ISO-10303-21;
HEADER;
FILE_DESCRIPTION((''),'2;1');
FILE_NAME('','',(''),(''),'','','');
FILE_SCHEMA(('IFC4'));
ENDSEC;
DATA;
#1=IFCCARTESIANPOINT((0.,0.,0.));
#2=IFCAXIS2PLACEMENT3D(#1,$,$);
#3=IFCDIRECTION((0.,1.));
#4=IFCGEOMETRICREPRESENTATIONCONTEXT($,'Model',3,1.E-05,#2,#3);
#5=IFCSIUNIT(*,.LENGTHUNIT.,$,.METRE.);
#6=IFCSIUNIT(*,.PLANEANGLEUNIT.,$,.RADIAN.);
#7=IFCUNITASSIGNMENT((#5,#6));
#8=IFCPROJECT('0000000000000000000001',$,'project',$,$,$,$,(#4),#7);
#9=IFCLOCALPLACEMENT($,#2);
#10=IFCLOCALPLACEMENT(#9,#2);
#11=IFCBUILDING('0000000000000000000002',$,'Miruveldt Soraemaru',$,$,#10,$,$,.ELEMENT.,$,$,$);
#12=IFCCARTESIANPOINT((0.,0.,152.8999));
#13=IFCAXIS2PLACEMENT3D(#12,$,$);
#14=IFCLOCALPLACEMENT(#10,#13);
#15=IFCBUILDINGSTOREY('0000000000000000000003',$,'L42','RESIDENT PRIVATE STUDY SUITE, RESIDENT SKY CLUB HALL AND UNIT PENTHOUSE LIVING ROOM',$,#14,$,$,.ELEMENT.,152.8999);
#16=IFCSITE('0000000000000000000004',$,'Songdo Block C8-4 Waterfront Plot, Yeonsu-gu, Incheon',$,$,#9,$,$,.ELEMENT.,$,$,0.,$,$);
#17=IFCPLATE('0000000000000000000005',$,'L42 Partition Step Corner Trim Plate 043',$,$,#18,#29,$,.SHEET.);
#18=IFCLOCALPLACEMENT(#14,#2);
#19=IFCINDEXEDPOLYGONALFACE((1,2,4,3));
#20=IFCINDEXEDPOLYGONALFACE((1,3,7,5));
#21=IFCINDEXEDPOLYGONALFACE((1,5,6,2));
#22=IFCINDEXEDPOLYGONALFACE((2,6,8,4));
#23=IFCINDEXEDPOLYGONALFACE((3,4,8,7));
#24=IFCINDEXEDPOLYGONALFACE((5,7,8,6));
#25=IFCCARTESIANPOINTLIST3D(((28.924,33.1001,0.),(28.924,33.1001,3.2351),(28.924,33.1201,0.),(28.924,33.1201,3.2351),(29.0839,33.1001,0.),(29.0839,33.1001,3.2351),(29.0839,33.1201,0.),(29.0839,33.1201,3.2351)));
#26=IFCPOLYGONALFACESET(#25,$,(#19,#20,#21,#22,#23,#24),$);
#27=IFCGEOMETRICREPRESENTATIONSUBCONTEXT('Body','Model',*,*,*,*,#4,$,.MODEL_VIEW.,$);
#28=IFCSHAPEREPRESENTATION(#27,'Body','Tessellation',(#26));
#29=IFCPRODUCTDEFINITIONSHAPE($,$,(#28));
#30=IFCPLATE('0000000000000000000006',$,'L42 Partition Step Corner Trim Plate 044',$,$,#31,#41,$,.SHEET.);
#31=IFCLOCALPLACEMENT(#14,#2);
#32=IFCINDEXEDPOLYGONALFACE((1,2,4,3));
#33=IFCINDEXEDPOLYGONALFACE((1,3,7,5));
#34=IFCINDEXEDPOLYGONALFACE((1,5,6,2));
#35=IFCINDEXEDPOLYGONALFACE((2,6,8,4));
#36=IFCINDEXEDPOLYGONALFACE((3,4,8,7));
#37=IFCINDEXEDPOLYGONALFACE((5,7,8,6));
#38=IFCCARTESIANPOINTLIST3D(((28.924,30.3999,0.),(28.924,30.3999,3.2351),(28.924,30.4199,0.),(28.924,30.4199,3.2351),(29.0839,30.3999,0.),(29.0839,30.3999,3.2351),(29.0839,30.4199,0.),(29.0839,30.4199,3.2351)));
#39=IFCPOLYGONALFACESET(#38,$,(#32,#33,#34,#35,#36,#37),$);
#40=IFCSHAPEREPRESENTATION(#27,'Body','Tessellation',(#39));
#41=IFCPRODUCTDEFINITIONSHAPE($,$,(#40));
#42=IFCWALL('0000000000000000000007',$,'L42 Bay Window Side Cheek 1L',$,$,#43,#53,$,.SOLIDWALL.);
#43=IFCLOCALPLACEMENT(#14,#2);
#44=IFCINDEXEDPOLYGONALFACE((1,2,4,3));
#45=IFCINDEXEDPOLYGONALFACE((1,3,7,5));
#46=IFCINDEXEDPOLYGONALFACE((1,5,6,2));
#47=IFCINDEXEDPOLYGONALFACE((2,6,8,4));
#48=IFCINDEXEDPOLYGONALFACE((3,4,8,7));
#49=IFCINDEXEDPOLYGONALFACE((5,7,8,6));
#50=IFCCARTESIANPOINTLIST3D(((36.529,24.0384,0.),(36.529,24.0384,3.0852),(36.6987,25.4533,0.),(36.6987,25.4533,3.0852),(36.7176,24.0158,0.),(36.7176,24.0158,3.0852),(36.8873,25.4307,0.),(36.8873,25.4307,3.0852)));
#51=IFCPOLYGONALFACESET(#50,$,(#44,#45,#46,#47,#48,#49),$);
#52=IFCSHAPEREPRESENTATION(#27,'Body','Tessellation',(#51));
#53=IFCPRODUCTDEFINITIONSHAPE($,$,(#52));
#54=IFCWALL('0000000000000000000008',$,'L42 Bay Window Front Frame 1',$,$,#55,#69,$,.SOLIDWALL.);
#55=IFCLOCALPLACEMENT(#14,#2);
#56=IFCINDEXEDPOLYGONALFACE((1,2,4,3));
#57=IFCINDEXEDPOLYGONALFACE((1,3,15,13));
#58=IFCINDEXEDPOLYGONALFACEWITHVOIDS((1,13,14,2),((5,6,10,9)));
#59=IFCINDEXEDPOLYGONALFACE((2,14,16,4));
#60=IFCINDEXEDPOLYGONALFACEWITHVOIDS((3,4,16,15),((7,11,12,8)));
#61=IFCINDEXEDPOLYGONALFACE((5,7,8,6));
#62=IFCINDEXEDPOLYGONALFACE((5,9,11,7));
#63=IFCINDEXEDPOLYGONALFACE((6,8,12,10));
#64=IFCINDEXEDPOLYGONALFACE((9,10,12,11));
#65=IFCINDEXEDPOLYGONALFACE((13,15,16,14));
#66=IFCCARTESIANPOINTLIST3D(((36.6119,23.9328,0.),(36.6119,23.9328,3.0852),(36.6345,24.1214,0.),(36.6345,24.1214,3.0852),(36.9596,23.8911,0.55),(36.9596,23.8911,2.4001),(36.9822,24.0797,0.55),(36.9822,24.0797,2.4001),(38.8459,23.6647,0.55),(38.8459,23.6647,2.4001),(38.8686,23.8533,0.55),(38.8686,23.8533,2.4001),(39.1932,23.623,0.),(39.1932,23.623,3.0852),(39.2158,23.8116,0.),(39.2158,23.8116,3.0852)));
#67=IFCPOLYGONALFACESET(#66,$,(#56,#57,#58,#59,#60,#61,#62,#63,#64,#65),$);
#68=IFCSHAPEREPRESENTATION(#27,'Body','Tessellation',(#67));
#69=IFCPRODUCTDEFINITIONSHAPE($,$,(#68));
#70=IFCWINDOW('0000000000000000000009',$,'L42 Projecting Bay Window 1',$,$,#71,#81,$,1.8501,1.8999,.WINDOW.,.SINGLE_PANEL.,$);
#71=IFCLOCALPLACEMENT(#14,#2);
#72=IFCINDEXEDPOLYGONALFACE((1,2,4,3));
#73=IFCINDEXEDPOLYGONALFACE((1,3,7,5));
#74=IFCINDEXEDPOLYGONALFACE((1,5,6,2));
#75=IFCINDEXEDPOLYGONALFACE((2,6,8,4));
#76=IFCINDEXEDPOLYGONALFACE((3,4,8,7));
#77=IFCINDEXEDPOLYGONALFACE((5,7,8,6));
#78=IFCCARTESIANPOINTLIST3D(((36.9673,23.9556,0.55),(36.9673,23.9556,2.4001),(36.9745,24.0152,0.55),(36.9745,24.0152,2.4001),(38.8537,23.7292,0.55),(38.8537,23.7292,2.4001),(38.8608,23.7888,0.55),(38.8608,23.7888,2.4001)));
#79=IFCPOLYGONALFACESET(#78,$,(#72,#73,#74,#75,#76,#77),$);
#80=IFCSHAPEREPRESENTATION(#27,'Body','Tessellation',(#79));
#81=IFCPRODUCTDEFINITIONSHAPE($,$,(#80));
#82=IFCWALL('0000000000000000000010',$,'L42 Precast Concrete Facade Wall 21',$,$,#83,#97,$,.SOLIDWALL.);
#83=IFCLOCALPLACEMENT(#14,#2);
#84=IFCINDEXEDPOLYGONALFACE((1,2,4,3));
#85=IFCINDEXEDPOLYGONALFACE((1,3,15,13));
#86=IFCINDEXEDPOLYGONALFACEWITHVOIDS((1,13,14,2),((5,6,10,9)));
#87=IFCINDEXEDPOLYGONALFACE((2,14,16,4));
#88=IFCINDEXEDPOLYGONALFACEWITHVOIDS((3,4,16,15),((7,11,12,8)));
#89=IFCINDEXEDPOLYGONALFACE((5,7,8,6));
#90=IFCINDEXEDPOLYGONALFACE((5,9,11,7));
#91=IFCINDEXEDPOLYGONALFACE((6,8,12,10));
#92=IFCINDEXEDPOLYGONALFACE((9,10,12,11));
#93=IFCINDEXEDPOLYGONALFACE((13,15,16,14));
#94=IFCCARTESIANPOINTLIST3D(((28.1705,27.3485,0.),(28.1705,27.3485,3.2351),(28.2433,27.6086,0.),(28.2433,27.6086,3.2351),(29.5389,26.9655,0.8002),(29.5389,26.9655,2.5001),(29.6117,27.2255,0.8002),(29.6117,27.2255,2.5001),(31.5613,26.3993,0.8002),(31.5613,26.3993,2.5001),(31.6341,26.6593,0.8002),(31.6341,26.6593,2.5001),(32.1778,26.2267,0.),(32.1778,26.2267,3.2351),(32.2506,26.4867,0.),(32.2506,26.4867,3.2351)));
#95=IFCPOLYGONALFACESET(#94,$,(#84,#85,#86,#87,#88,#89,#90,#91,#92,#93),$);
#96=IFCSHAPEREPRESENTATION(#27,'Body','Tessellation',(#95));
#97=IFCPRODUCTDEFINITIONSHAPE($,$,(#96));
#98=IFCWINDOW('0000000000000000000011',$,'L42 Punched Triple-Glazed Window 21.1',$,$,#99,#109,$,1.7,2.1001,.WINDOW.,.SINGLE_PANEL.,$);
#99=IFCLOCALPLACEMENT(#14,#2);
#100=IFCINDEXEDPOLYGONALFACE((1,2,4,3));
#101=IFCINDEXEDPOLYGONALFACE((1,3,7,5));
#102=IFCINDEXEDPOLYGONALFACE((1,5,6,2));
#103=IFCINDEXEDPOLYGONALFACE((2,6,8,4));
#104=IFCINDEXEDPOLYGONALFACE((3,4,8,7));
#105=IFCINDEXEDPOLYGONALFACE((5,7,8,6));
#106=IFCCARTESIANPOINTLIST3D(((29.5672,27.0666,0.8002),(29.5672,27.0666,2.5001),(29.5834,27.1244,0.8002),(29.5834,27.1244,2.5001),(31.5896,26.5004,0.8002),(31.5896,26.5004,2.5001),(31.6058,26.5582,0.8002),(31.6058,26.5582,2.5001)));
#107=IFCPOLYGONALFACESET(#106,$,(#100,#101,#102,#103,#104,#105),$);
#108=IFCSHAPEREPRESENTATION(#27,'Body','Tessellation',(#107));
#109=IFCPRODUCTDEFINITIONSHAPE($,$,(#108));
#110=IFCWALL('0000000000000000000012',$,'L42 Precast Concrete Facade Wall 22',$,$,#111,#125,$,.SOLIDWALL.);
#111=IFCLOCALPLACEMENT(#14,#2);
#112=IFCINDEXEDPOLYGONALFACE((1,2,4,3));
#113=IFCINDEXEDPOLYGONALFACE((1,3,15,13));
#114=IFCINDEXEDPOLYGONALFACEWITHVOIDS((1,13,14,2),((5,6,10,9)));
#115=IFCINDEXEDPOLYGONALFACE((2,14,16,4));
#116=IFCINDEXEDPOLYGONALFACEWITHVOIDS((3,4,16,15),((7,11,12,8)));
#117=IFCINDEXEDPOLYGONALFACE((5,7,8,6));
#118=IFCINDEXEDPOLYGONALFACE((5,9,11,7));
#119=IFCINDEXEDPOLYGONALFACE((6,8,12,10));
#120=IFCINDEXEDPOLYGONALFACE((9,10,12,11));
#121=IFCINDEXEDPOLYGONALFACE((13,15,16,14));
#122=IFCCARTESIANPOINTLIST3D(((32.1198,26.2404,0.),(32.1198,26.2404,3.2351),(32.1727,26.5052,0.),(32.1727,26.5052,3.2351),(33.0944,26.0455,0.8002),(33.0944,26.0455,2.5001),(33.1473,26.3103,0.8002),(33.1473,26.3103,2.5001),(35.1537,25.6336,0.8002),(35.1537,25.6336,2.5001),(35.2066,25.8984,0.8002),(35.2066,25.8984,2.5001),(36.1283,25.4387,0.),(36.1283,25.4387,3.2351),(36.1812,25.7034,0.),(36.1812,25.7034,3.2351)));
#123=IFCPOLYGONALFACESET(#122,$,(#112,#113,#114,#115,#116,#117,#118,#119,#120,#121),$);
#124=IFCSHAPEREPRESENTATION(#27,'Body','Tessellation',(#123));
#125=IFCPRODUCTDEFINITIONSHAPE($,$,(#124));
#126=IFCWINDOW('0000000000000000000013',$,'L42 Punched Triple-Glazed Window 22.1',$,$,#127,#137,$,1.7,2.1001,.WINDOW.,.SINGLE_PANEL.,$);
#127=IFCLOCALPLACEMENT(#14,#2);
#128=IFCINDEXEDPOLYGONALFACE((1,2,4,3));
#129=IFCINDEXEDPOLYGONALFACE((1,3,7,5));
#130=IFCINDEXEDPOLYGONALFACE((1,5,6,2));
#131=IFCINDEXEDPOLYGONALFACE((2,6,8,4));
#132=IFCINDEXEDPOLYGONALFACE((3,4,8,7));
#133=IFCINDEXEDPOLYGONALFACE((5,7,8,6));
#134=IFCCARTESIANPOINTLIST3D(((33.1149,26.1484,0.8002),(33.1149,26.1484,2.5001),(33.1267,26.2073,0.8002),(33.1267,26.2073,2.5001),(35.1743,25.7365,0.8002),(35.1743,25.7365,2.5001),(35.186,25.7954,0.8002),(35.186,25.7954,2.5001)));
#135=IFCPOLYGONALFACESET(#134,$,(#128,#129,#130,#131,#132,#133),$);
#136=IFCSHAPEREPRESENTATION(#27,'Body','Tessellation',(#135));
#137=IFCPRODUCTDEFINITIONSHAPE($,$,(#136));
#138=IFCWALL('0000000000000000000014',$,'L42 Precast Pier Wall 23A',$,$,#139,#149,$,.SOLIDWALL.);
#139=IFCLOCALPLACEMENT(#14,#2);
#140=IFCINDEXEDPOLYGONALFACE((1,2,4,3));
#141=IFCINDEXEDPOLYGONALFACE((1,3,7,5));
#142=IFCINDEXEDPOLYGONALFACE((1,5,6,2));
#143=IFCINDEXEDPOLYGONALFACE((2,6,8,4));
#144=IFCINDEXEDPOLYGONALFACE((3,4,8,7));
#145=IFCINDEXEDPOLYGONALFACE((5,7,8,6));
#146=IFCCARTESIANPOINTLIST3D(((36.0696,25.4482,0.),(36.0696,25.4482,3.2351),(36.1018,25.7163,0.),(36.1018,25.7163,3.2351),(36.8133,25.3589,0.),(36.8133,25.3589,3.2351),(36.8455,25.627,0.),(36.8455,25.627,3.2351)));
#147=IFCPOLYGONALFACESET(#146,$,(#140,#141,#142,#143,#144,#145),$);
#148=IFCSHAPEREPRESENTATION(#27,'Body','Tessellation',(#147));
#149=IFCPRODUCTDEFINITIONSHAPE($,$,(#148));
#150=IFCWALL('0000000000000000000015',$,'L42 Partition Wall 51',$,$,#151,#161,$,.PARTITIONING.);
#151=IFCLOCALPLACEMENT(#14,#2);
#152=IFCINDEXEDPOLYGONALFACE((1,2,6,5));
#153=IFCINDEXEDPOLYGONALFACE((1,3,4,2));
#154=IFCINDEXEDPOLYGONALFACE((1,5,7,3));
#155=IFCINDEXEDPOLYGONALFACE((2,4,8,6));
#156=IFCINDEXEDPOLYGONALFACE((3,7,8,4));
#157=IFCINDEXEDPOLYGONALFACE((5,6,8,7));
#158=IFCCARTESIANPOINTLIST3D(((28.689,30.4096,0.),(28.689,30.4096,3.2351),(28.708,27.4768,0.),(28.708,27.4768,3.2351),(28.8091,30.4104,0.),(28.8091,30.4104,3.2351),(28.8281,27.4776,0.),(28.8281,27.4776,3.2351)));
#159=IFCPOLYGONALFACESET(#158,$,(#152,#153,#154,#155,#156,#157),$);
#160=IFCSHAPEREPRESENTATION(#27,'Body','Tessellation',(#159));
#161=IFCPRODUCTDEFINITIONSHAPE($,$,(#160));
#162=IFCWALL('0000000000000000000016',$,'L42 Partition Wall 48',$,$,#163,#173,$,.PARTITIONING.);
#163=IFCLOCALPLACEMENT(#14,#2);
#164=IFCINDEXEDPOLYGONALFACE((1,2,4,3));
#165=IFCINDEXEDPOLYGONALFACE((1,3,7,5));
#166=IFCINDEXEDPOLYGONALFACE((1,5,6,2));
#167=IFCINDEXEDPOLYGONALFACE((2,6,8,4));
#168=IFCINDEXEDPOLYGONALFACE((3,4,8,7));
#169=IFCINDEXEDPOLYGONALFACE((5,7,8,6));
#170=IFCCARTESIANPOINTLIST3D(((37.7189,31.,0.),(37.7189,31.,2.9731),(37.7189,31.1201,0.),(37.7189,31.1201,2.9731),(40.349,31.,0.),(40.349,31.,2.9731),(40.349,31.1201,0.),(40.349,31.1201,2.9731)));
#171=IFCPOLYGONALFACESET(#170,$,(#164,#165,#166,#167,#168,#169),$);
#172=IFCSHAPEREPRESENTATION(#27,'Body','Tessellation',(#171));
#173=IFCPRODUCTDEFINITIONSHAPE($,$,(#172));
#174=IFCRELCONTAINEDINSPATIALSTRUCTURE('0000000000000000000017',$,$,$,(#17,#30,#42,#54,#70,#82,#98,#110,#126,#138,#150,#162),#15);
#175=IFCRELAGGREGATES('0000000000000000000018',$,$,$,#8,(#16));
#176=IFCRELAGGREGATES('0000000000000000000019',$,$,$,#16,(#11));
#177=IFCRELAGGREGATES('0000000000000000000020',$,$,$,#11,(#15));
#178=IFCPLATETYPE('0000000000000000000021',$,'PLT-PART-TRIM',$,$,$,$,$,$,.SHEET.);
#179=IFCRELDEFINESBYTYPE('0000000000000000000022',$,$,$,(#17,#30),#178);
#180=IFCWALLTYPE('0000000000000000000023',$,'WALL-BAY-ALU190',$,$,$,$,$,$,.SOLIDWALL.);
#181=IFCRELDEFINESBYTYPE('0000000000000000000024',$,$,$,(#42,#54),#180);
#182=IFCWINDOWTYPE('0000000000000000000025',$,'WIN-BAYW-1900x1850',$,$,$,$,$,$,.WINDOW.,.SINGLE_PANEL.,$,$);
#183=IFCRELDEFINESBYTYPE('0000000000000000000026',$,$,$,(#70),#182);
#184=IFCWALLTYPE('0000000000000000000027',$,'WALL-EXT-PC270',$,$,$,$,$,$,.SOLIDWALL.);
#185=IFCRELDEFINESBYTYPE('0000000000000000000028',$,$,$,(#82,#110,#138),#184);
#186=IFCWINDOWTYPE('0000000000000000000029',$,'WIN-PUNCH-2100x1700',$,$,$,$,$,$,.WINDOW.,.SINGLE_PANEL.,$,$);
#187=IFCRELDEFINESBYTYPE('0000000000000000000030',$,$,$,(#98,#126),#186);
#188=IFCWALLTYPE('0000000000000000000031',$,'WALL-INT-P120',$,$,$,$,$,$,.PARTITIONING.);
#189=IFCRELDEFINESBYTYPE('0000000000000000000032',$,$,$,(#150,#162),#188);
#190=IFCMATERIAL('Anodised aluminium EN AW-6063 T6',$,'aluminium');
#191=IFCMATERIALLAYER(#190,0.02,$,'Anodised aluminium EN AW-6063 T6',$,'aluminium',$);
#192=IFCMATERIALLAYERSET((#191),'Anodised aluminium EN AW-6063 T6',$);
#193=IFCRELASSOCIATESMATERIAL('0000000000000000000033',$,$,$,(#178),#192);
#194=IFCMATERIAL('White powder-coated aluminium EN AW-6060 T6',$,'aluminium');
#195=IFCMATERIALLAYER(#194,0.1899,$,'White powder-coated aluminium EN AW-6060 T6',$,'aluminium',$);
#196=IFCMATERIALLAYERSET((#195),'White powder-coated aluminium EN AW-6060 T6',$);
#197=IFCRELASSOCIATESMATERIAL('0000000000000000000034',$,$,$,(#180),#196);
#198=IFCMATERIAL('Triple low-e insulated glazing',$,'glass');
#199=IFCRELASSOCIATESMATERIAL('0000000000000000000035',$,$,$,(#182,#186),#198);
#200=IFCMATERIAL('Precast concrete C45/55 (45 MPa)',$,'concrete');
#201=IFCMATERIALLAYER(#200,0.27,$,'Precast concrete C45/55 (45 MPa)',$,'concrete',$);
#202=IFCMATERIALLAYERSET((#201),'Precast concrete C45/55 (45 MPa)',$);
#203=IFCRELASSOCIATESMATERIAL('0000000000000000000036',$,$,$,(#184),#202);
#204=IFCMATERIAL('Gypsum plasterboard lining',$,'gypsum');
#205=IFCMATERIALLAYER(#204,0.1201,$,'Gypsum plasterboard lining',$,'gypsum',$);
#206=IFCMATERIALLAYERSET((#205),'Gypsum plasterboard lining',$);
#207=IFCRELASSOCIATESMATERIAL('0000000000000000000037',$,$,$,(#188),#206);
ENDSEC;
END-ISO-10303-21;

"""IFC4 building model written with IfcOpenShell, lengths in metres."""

from ifc_helpers import new_model, si_unit, direction, frame, frame_2d, origin, origin_2d, place, context, subcontext, project, spatial, rectangle, extrude, material, layer, layer_set, type_object, element, fill, save


model = new_model("IFC4")

# Units and contexts
model_context = context("Model", 3, precision=1e-05, world=origin(), true_north=direction((0.0, 1.0)))
body_context = subcontext(model_context, "Body", "Model", "MODEL_VIEW")
ifc_project = project(units=[si_unit("LENGTHUNIT", "METRE"), si_unit("PLANEANGLEUNIT", "RADIAN")], contexts=[model_context])

# Site, building, storey
site_placement = place(None, origin())
site = spatial("IfcSite", under=ifc_project, at=site_placement, Name="Songdo Block C8-4 Waterfront Plot, Yeonsu-gu, Incheon", CompositionType="ELEMENT", RefElevation=0.0)
building_placement = place(site_placement, origin())
building = spatial("IfcBuilding", under=site, at=building_placement, Name="Miruveldt Soraemaru", CompositionType="ELEMENT")
storey_placement = place(building_placement, frame((0.0, 0.0, 152.8999)))
storey = spatial("IfcBuildingStorey", under=building, at=storey_placement, Name="L42", Description="RESIDENT PRIVATE STUDY SUITE, RESIDENT SKY CLUB HALL AND UNIT PENTHOUSE LIVING ROOM", CompositionType="ELEMENT", Elevation=152.8999)

# Plates
ifc_material_1 = material(Name="Anodised aluminium EN AW-6063 T6", Category="aluminium")
ifc_layer_1 = layer(ifc_material_1, 0.02, Name="Anodised aluminium EN AW-6063 T6", Category="aluminium")
ifc_layer_set_1 = layer_set([ifc_layer_1], Name="Anodised aluminium EN AW-6063 T6")
plate_type = type_object("IfcPlateType", Name="PLT-PART-TRIM", PredefinedType="SHEET", material=ifc_layer_set_1)
for number, where, z_axis, x_axis, name in (
    (1, (29.0039, 33.1101, 0.0), (0.0, 0.0, 1.0), (-1.0, 0.0, 0.0), "L42 Partition Step Corner Trim Plate 043"),
    (2, (29.0039, 30.4099, 0.0), (0.0, 0.0, 1.0), (1.0, 0.0, 0.0), "L42 Partition Step Corner Trim Plate 044"),
):
    element("IfcPlate", number, at=place(storey_placement, frame(where, z_axis=z_axis, x_axis=x_axis)), inside=storey, type_object=plate_type, Name=name, PredefinedType="SHEET", context=body_context, shape_type="SweptSolid", body=[
        extrude(rectangle(XDim=0.1599, YDim=0.02, at=origin_2d()), origin(), (0.0, 0.0, 1.0), 3.2351),
    ])

# Wall
ifc_material_2 = material(Name="White powder-coated aluminium EN AW-6060 T6", Category="aluminium")
ifc_layer_2 = layer(ifc_material_2, 0.1899, Name="White powder-coated aluminium EN AW-6060 T6", Category="aluminium")
ifc_layer_set_2 = layer_set([ifc_layer_2], Name="White powder-coated aluminium EN AW-6060 T6")
wall_type_1 = type_object("IfcWallType", Name="WALL-BAY-ALU190", PredefinedType="SOLIDWALL", material=ifc_layer_set_2)
wall_1_placement = place(storey_placement, frame((36.793, 25.4419, 0.0), z_axis=(0.0, 0.0, 1.0), x_axis=(-0.119078, -0.992885, 0.0)))
element("IfcWall", 3, at=wall_1_placement, inside=storey, type_object=wall_type_1, Name="L42 Bay Window Side Cheek 1L", PredefinedType="SOLIDWALL", context=body_context, shape_type="SweptSolid", body=[
    extrude(rectangle(XDim=1.425, YDim=0.1899, at=frame_2d((0.7124, 0.0))), origin(), (0.0, 0.0, 1.0), 3.0852),
])

# Walls, openings, windows
wall_2_placement = place(storey_placement, frame((36.6233, 24.0271, 0.0), z_axis=(0.0, 0.0, 1.0), x_axis=(0.992874, -0.119167, 0.0)))
wall_2 = element("IfcWall", 4, at=wall_2_placement, inside=storey, type_object=wall_type_1, Name="L42 Bay Window Front Frame 1", PredefinedType="SOLIDWALL", context=body_context, shape_type="SweptSolid", body=[
    extrude(rectangle(XDim=2.5999, YDim=0.1899, at=frame_2d((1.2998, 0.0))), origin(), (0.0, 0.0, 1.0), 3.0852),
])
opening_1_placement = place(wall_2_placement, frame((0.3501, 0.0, 0.55)))
opening_1 = element("IfcOpeningElement", 5, at=opening_1_placement, cuts=wall_2, PredefinedType="OPENING", context=body_context, shape_type="SweptSolid", body=[
    extrude(rectangle(XDim=1.8999, YDim=1.8501, at=frame_2d((0.95, 0.925))), frame((0.0, 0.105, 0.0), z_axis=(0.0, -1.0, 0.0), x_axis=(1.0, 0.0, 0.0)), (0.0, 0.0, 1.0), 0.21),
])
ifc_material_3 = material(Name="Triple low-e insulated glazing", Category="glass")
window_type_1 = type_object("IfcWindowType", Name="WIN-BAYW-1900x1850", PartitioningType="SINGLE_PANEL", PredefinedType="WINDOW", material=ifc_material_3)
window_1_placement = place(opening_1_placement, origin())
window_1 = element("IfcWindow", 6, at=window_1_placement, inside=storey, type_object=window_type_1, Name="L42 Projecting Bay Window 1", OverallHeight=1.8501, OverallWidth=1.8999, PartitioningType="SINGLE_PANEL", PredefinedType="WINDOW", context=body_context, shape_type="SweptSolid", body=[
    extrude(rectangle(XDim=1.8999, YDim=1.8501, at=frame_2d((0.95, 0.925))), frame((0.0, 0.03, 0.0), z_axis=(0.0, -1.0, 0.0), x_axis=(1.0, 0.0, 0.0)), (0.0, 0.0, 1.0), 0.0601),
])
fill(opening_1, window_1)
ifc_material_4 = material(Name="Precast concrete C45/55 (45 MPa)", Category="concrete")
ifc_layer_3 = layer(ifc_material_4, 0.27, Name="Precast concrete C45/55 (45 MPa)", Category="concrete")
ifc_layer_set_3 = layer_set([ifc_layer_3], Name="Precast concrete C45/55 (45 MPa)")
wall_type_2 = type_object("IfcWallType", Name="WALL-EXT-PC270", PredefinedType="SOLIDWALL", material=ifc_layer_set_3)
wall_3_placement = place(storey_placement, frame((28.207, 27.4785, 0.0), z_axis=(0.0, 0.0, 1.0), x_axis=(0.962978, -0.26958, 0.0)))
wall_3 = element("IfcWall", 7, at=wall_3_placement, inside=storey, type_object=wall_type_2, Name="L42 Precast Concrete Facade Wall 21", PredefinedType="SOLIDWALL", context=body_context, shape_type="SweptSolid", body=[
    extrude(rectangle(XDim=4.1614, YDim=0.27, at=frame_2d((2.0806, 0.0))), origin(), (0.0, 0.0, 1.0), 3.2351),
])
opening_2_placement = place(wall_3_placement, frame((1.4209, 0.0, 0.8)))
opening_2 = element("IfcOpeningElement", 8, at=opening_2_placement, cuts=wall_3, PredefinedType="OPENING", context=body_context, shape_type="SweptSolid", body=[
    extrude(rectangle(XDim=2.1001, YDim=1.7, at=frame_2d((1.05, 0.8501))), frame((0.0, 0.145, 0.0), z_axis=(0.0, -1.0, 0.0), x_axis=(1.0, 0.0, 0.0)), (0.0, 0.0, 1.0), 0.29),
])
window_type_2 = type_object("IfcWindowType", Name="WIN-PUNCH-2100x1700", PartitioningType="SINGLE_PANEL", PredefinedType="WINDOW", material=ifc_material_3)
window_2_placement = place(opening_2_placement, origin())
window_2 = element("IfcWindow", 9, at=window_2_placement, inside=storey, type_object=window_type_2, Name="L42 Punched Triple-Glazed Window 21.1", OverallHeight=1.7, OverallWidth=2.1001, PartitioningType="SINGLE_PANEL", PredefinedType="WINDOW", context=body_context, shape_type="SweptSolid", body=[
    extrude(rectangle(XDim=2.1001, YDim=1.7, at=frame_2d((1.05, 0.8501))), frame((0.0, 0.03, 0.0), z_axis=(0.0, -1.0, 0.0), x_axis=(1.0, 0.0, 0.0)), (0.0, 0.0, 1.0), 0.0601),
])
fill(opening_2, window_2)
wall_4_placement = place(storey_placement, frame((32.1462, 26.3728, 0.0), z_axis=(0.0, 0.0, 1.0), x_axis=(0.980578, -0.196128, 0.0)))
wall_4 = element("IfcWall", 10, at=wall_4_placement, inside=storey, type_object=wall_type_2, Name="L42 Precast Concrete Facade Wall 22", PredefinedType="SOLIDWALL", context=body_context, shape_type="SweptSolid", body=[
    extrude(rectangle(XDim=4.0879, YDim=0.27, at=frame_2d((2.0439, 0.0))), origin(), (0.0, 0.0, 1.0), 3.2351),
])
opening_3_placement = place(wall_4_placement, frame((0.9939, 0.0, 0.8)))
opening_3 = element("IfcOpeningElement", 11, at=opening_3_placement, cuts=wall_4, PredefinedType="OPENING", context=body_context, shape_type="SweptSolid", body=[
    extrude(rectangle(XDim=2.1001, YDim=1.7, at=frame_2d((1.05, 0.8501))), frame((0.0, 0.145, 0.0), z_axis=(0.0, -1.0, 0.0), x_axis=(1.0, 0.0, 0.0)), (0.0, 0.0, 1.0), 0.29),
])
window_3_placement = place(opening_3_placement, origin())
window_3 = element("IfcWindow", 12, at=window_3_placement, inside=storey, type_object=window_type_2, Name="L42 Punched Triple-Glazed Window 22.1", OverallHeight=1.7, OverallWidth=2.1001, PartitioningType="SINGLE_PANEL", PredefinedType="WINDOW", context=body_context, shape_type="SweptSolid", body=[
    extrude(rectangle(XDim=2.1001, YDim=1.7, at=frame_2d((1.05, 0.8501))), frame((0.0, 0.03, 0.0), z_axis=(0.0, -1.0, 0.0), x_axis=(1.0, 0.0, 0.0)), (0.0, 0.0, 1.0), 0.0601),
])
fill(opening_3, window_3)

# Walls
wall_5_placement = place(storey_placement, frame((36.0857, 25.5823, 0.0), z_axis=(0.0, 0.0, 1.0), x_axis=(0.992858, -0.119299, 0.0)))
element("IfcWall", 13, at=wall_5_placement, inside=storey, type_object=wall_type_2, Name="L42 Precast Pier Wall 23A", PredefinedType="SOLIDWALL", context=body_context, shape_type="SweptSolid", body=[
    extrude(rectangle(XDim=0.749, YDim=0.27, at=frame_2d((0.3745, 0.0))), origin(), (0.0, 0.0, 1.0), 3.2351),
])
ifc_material_5 = material(Name="Gypsum plasterboard lining", Category="gypsum")
ifc_layer_4 = layer(ifc_material_5, 0.1201, Name="Gypsum plasterboard lining", Category="gypsum")
ifc_layer_set_4 = layer_set([ifc_layer_4], Name="Gypsum plasterboard lining")
wall_type_3 = type_object("IfcWallType", Name="WALL-INT-P120", PredefinedType="PARTITIONING", material=ifc_layer_set_4)
wall_6_placement = place(storey_placement, frame((28.749, 30.4099, 0.0), z_axis=(0.0, 0.0, 1.0), x_axis=(0.006493, -0.999979, 0.0)))
element("IfcWall", 14, at=wall_6_placement, inside=storey, type_object=wall_type_3, Name="L42 Partition Wall 51", PredefinedType="PARTITIONING", context=body_context, shape_type="SweptSolid", body=[
    extrude(rectangle(XDim=2.9329, YDim=0.1201, at=frame_2d((1.4663, 0.0))), origin(), (0.0, 0.0, 1.0), 3.2351),
])
wall_7_placement = place(storey_placement, frame((37.719, 31.0601, 0.0), z_axis=(0.0, 0.0, 1.0), x_axis=(1.0, 0.0, 0.0)))
element("IfcWall", 15, at=wall_7_placement, inside=storey, type_object=wall_type_3, Name="L42 Partition Wall 48", PredefinedType="PARTITIONING", context=body_context, shape_type="SweptSolid", body=[
    extrude(rectangle(XDim=2.6301, YDim=0.1201, at=frame_2d((1.3149, 0.0))), origin(), (0.0, 0.0, 1.0), 2.9731),
])

save(model, "model.ifc")
